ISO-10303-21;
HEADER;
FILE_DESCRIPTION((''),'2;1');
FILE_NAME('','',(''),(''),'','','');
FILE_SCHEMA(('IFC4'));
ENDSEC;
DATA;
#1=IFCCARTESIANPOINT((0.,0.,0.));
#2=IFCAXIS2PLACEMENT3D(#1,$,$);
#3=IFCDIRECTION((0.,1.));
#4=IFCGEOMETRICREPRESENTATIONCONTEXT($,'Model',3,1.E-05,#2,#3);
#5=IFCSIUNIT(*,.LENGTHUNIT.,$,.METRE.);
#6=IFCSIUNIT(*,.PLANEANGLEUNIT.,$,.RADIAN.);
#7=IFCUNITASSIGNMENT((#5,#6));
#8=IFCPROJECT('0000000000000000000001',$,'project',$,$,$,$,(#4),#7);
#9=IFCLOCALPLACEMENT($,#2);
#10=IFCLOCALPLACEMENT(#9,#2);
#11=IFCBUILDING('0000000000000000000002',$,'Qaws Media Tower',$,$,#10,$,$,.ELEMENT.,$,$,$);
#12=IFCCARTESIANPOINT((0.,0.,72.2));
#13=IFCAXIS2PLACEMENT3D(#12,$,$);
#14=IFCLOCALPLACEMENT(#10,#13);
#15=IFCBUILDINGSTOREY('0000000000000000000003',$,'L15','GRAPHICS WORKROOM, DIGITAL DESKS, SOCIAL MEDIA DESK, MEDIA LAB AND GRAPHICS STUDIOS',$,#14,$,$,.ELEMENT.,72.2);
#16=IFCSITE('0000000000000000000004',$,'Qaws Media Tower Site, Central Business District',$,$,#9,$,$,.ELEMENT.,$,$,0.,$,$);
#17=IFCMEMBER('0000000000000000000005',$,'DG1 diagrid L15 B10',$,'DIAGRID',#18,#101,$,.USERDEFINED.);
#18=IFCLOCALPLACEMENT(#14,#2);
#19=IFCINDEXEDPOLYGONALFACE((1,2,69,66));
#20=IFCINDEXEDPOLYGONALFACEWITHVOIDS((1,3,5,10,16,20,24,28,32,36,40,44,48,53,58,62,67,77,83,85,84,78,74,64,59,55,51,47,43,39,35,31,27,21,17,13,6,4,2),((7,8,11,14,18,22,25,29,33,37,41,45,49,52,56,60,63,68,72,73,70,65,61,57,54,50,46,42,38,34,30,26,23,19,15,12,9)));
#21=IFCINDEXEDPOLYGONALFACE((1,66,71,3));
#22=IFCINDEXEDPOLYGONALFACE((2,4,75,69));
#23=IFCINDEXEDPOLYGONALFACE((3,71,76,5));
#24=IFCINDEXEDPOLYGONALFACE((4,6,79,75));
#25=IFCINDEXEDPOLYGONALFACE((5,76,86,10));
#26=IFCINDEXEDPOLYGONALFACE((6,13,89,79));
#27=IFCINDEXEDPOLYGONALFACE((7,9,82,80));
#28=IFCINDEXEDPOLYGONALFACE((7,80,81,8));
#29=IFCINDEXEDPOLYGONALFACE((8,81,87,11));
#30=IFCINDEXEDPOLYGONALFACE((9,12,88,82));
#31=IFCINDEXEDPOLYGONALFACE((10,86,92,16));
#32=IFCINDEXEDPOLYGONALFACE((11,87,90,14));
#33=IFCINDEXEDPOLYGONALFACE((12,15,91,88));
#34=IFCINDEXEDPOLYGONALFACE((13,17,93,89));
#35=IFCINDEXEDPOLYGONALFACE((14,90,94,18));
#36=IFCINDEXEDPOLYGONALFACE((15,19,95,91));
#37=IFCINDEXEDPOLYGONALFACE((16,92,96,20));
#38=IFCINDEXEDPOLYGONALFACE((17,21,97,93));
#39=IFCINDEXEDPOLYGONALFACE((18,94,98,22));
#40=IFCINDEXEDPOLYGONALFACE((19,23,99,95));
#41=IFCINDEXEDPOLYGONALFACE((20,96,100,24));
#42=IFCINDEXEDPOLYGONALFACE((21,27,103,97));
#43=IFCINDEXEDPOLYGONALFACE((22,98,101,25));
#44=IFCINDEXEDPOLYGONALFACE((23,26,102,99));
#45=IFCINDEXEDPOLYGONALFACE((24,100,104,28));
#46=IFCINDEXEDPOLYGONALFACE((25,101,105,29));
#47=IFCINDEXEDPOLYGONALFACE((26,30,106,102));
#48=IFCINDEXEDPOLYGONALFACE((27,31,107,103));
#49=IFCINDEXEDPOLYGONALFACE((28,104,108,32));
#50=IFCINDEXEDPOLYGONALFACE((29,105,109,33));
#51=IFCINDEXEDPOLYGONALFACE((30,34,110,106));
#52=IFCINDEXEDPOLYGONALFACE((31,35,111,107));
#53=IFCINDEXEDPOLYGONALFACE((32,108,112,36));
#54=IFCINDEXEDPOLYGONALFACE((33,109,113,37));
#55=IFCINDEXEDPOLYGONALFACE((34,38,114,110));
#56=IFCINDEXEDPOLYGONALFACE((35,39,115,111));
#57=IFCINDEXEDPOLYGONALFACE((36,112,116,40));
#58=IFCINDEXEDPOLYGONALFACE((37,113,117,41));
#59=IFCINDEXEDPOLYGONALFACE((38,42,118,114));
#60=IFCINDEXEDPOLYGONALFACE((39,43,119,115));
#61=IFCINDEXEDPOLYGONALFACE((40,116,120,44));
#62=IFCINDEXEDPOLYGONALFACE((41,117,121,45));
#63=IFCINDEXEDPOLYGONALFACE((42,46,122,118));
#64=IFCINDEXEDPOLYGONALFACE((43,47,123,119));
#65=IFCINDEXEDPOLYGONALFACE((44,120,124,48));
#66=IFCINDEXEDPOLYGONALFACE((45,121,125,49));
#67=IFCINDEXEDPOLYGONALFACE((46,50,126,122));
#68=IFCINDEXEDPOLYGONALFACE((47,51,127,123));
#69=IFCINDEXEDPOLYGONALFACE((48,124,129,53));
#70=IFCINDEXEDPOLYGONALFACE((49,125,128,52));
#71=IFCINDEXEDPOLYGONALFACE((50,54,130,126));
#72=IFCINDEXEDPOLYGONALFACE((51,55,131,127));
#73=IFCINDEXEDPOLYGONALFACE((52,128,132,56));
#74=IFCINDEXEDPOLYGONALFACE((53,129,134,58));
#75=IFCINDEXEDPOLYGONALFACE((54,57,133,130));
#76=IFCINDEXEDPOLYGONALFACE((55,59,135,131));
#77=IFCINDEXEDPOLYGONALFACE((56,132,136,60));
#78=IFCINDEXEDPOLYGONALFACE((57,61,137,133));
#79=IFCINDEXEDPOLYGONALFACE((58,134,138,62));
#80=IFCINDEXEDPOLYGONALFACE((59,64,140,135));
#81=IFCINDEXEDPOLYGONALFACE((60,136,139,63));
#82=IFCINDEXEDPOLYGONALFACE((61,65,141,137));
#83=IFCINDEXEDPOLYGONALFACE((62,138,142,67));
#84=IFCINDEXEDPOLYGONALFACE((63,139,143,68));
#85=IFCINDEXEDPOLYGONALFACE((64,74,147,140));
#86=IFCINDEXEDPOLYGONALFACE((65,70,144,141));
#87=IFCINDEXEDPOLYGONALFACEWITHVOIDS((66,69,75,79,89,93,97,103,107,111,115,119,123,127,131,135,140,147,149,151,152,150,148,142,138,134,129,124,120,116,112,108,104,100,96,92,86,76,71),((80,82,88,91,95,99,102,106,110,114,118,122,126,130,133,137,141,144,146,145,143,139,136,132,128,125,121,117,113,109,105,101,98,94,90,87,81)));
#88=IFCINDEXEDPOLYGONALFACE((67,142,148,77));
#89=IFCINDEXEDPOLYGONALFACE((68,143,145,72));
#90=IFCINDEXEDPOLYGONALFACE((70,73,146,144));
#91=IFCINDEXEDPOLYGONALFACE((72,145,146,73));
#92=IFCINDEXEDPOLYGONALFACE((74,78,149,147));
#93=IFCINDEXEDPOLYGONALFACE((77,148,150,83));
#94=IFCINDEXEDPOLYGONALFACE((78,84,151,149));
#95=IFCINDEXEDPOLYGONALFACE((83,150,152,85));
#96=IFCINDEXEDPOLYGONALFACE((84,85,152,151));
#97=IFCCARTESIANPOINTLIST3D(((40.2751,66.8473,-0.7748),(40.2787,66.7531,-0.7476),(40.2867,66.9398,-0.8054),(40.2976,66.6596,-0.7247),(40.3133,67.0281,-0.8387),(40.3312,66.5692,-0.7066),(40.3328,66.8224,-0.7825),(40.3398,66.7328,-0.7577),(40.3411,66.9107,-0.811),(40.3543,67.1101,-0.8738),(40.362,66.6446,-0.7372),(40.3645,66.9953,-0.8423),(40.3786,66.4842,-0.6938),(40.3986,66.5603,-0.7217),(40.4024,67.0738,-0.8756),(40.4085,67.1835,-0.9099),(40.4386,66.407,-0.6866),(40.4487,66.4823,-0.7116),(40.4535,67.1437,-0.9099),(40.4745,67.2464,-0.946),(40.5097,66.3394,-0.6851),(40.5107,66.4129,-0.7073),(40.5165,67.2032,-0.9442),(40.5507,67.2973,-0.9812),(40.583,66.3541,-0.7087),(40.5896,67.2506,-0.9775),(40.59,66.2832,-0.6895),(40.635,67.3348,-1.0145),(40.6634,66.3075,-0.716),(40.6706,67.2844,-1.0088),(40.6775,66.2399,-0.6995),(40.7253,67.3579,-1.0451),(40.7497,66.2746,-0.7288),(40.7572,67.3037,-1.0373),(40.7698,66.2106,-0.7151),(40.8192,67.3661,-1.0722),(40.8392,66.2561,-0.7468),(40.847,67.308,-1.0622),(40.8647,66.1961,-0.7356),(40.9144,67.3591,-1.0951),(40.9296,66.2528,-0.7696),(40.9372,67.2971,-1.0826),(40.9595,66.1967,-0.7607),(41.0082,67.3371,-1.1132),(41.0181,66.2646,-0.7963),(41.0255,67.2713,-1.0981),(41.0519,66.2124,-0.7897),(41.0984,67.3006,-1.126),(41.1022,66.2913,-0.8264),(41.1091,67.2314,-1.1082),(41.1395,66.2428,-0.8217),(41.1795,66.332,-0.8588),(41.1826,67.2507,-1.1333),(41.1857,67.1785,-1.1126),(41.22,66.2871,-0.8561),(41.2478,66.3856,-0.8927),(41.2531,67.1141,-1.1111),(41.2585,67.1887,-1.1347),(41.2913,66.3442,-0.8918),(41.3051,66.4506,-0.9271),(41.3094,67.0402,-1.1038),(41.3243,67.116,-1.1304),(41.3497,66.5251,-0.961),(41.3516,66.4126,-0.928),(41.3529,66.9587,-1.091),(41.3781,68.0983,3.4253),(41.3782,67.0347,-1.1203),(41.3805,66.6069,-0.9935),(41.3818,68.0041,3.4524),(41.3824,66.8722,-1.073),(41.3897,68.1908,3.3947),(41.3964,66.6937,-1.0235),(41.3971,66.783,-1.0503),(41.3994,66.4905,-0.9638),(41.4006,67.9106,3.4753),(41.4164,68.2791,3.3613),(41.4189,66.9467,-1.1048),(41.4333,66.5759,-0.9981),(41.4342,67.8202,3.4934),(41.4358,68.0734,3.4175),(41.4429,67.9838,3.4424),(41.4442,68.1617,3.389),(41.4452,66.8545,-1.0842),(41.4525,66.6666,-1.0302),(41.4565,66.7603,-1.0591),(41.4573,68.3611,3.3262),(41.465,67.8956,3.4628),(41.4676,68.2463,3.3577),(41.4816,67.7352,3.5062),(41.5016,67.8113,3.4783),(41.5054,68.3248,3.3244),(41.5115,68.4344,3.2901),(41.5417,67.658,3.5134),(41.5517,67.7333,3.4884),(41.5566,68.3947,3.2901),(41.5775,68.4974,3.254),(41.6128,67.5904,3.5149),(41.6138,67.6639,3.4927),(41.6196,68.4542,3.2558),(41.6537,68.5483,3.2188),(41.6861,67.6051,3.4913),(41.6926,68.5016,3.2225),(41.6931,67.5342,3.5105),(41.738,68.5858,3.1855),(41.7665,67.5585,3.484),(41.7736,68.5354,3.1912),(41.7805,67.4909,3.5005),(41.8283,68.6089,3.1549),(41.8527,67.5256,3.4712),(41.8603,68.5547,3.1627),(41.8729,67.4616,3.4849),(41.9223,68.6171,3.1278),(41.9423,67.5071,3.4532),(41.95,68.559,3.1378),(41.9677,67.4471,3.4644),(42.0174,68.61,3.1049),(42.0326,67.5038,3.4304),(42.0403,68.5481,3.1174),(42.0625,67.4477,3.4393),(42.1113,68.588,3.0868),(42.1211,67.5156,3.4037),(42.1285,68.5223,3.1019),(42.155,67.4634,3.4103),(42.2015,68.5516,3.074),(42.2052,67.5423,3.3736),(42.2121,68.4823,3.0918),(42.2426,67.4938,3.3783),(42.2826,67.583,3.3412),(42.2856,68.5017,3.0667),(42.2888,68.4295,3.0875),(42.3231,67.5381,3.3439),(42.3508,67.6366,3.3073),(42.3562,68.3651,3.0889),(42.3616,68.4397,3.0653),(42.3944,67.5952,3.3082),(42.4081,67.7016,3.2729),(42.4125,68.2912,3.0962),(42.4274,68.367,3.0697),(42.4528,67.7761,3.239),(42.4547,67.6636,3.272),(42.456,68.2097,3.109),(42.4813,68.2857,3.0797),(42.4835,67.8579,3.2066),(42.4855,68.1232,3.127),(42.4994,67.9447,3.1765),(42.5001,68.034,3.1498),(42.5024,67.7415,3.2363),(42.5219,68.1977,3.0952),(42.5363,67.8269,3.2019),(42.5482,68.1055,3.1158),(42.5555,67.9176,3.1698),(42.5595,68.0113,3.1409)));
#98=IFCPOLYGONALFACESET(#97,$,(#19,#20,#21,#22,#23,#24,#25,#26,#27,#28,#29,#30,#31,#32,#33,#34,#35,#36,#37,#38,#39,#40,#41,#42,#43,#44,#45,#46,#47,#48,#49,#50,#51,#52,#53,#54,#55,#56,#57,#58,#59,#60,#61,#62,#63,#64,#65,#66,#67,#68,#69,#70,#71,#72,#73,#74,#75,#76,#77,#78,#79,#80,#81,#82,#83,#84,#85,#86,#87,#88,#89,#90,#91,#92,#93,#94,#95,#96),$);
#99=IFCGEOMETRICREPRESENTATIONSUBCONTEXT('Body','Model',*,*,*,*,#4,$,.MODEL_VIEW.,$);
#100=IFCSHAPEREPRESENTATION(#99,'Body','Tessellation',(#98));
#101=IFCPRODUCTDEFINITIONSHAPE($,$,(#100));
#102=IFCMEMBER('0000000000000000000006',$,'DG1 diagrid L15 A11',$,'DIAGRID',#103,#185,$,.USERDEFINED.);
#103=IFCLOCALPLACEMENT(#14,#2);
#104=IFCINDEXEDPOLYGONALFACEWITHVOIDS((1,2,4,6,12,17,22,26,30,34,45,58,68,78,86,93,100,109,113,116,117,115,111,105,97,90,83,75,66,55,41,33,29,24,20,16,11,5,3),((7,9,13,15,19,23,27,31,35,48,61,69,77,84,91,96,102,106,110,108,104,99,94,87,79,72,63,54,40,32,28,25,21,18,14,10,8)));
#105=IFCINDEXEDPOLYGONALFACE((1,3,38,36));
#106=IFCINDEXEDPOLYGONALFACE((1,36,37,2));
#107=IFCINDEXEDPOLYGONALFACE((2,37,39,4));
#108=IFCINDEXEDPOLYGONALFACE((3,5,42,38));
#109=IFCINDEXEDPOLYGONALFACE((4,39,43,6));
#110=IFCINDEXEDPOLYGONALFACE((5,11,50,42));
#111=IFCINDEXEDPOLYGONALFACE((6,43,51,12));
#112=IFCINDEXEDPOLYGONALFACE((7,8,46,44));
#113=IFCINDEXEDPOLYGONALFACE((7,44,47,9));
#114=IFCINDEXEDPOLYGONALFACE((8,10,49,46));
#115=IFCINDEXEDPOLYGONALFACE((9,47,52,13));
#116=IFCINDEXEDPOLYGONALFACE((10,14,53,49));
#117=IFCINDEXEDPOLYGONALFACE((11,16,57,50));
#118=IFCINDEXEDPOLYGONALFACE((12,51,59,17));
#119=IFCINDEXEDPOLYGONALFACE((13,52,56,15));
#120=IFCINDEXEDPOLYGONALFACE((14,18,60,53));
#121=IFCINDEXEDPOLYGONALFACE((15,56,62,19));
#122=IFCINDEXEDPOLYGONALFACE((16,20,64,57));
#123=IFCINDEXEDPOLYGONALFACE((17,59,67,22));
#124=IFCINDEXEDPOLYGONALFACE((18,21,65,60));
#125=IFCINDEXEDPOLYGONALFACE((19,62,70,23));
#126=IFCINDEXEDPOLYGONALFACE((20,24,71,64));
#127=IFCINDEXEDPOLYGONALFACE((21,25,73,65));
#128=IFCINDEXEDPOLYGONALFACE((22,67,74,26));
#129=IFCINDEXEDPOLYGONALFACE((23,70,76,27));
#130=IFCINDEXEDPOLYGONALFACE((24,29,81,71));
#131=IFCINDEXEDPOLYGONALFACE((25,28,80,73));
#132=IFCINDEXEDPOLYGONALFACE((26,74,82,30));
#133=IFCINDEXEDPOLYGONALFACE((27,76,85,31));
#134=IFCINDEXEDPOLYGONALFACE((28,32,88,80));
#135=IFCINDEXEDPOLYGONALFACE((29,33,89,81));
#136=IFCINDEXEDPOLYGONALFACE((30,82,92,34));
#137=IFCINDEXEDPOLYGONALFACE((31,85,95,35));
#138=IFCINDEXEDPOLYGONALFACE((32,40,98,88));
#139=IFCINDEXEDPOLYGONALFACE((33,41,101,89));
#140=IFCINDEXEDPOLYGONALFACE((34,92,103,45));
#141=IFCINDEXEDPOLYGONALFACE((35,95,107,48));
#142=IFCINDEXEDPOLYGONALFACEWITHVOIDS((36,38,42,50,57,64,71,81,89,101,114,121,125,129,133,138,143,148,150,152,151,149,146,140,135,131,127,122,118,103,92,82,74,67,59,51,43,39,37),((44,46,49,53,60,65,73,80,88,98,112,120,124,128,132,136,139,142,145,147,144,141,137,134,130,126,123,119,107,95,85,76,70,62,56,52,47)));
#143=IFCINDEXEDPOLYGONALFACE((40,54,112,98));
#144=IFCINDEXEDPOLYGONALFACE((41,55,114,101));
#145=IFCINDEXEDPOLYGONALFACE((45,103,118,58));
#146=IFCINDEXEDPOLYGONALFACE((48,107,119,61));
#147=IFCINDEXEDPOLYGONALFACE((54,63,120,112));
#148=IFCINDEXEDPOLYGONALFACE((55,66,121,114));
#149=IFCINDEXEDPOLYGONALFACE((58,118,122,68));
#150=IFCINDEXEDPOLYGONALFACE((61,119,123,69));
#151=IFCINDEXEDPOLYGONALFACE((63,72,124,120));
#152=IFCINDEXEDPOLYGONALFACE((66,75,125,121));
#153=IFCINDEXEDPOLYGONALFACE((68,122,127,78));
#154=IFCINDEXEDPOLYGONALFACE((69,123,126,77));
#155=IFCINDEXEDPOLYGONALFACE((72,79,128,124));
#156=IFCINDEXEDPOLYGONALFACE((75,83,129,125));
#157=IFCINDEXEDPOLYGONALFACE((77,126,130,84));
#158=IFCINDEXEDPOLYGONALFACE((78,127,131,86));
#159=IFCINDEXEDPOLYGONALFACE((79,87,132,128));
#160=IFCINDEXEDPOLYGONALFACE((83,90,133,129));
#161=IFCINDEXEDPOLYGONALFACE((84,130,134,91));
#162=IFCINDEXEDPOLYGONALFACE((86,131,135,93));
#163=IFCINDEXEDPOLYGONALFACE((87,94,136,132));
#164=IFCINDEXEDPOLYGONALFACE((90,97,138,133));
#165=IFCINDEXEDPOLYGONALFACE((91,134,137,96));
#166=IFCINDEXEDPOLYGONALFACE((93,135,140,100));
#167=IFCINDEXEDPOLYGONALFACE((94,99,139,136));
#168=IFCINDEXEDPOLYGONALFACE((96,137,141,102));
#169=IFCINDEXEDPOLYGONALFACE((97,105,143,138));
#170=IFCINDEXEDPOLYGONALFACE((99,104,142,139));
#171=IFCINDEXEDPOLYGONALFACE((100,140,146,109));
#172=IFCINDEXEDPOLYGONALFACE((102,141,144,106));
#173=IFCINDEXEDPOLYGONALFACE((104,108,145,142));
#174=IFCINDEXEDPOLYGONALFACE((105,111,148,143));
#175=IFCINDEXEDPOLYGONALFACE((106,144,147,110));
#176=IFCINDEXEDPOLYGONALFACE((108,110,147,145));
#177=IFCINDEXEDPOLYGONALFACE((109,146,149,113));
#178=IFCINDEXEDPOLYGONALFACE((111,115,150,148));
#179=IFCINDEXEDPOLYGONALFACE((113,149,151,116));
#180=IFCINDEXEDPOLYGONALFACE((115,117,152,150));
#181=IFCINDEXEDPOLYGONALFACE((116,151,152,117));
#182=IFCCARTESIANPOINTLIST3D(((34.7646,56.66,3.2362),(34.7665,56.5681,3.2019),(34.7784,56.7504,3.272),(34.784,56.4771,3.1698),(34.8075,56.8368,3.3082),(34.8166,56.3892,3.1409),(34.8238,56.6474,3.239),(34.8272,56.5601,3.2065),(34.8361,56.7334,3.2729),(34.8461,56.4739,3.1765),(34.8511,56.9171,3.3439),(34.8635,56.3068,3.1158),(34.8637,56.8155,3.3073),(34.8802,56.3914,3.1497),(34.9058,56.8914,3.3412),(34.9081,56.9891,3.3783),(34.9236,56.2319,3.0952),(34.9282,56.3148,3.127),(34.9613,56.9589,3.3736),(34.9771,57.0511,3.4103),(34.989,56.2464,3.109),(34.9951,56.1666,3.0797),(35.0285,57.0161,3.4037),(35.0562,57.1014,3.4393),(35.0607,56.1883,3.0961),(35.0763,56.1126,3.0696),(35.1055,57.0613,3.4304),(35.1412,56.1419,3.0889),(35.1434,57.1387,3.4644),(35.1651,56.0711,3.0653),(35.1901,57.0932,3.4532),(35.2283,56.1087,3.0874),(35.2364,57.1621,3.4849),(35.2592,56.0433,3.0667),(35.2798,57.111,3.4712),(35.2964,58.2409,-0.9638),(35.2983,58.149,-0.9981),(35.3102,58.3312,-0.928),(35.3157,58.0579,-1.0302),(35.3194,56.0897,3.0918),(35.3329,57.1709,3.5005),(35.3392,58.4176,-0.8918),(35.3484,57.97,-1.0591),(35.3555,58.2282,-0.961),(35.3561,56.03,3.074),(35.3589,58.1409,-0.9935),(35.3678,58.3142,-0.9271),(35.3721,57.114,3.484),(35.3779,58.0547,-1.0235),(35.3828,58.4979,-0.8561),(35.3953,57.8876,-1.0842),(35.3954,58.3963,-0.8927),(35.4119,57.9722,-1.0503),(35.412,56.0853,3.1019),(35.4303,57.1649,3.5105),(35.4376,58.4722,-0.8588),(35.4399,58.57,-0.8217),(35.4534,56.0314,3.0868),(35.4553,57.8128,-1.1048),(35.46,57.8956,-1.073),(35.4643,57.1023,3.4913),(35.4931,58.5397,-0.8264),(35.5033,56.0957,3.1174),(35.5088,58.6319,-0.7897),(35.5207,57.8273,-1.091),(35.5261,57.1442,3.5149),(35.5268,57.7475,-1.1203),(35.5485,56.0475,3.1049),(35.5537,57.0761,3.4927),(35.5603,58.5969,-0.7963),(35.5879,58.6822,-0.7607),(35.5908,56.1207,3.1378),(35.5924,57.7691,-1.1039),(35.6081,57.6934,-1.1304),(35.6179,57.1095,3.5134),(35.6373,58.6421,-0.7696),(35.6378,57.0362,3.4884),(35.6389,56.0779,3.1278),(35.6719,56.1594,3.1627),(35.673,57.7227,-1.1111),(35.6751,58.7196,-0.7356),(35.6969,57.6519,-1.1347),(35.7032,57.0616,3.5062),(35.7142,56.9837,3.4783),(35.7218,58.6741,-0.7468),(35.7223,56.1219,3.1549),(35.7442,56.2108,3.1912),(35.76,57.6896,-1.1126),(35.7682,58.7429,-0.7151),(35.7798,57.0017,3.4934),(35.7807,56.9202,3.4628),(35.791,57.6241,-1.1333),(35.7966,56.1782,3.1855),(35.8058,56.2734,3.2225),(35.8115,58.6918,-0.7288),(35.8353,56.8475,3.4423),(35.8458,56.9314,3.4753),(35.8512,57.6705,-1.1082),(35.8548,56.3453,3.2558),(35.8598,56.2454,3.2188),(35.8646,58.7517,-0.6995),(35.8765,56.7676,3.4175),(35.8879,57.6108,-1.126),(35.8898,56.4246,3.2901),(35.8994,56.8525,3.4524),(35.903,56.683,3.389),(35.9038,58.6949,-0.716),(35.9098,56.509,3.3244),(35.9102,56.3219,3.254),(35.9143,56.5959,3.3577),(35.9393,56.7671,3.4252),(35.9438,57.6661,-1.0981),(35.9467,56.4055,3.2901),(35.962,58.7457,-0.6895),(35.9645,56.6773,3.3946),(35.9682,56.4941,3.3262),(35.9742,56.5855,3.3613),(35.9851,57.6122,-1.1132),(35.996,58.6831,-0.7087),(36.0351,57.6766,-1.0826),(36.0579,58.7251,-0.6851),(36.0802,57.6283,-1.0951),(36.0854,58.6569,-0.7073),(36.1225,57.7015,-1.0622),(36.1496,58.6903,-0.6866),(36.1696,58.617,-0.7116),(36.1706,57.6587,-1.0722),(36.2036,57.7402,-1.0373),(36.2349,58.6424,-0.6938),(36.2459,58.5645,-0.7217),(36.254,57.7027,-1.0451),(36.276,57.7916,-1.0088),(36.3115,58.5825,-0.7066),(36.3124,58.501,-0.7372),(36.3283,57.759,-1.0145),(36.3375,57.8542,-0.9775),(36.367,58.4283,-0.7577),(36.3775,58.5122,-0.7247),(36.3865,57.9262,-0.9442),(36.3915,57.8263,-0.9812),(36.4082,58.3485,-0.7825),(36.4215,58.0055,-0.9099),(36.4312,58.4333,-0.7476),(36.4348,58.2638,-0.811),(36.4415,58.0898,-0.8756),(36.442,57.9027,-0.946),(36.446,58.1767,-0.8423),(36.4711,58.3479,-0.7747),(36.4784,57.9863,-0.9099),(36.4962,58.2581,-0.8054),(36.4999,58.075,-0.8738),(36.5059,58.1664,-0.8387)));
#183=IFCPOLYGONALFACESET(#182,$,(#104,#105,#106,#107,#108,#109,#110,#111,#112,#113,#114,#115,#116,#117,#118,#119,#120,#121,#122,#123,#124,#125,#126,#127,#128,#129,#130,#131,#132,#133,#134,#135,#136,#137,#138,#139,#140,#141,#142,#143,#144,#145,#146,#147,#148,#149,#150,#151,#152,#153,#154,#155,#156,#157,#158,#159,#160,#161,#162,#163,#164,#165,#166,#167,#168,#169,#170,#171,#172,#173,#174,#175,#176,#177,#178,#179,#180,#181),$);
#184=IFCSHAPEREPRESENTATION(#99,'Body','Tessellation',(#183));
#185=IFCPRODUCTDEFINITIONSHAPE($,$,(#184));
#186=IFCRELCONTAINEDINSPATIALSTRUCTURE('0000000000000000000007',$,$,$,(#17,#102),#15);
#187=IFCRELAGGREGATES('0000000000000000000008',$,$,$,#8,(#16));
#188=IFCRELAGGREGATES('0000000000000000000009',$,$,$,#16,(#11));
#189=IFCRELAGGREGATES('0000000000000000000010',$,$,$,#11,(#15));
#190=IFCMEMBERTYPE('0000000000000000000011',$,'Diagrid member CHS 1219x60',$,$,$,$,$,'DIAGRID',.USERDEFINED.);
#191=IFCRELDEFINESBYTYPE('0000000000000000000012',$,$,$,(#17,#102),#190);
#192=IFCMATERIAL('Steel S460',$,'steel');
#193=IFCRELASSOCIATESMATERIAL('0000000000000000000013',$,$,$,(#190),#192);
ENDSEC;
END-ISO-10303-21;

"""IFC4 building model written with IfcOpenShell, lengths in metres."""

from ifc_helpers import new_model, si_unit, direction, frame, origin, origin_2d, place, context, subcontext, project, spatial, hollow_circle, extrude, material, material_profile, profile_set, type_object, element, save


model = new_model("IFC4")

# Units and contexts
model_context = context("Model", 3, precision=1e-05, world=origin(), true_north=direction((0.0, 1.0)))
body_context = subcontext(model_context, "Body", "Model", "MODEL_VIEW")
ifc_project = project(units=[si_unit("LENGTHUNIT", "METRE"), si_unit("PLANEANGLEUNIT", "RADIAN")], contexts=[model_context])

# Site, building, storey
site_placement = place(None, origin())
site = spatial("IfcSite", under=ifc_project, at=site_placement, Name="Qaws Media Tower Site, Central Business District", CompositionType="ELEMENT", RefElevation=0.0)
building_placement = place(site_placement, origin())
building = spatial("IfcBuilding", under=site, at=building_placement, Name="Qaws Media Tower", CompositionType="ELEMENT")
storey_placement = place(building_placement, frame((0.0, 0.0, 72.2)))
storey = spatial("IfcBuildingStorey", under=building, at=storey_placement, Name="L15", Description="GRAPHICS WORKROOM, DIGITAL DESKS, SOCIAL MEDIA DESK, MEDIA LAB AND GRAPHICS STUDIOS", CompositionType="ELEMENT", Elevation=72.2)

# Members
ifc_material_1 = material(Name="Steel S460", Category="steel")
ifc_material_profile_1 = material_profile(ifc_material_1, hollow_circle(Radius=0.6096, WallThickness=0.0601, at=origin_2d()), Name="CHS 1219x60")
ifc_profile_set_1 = profile_set([ifc_material_profile_1], Name="Steel S460")
member_type_1 = type_object("IfcMemberType", Name="Diagrid member CHS 1219x60", ElementType="DIAGRID", PredefinedType="USERDEFINED", material=ifc_profile_set_1)
for number, where, z_axis, x_axis, name in (
    (1, (40.8657, 66.7803, -0.9099), (0.244088, 0.276827, 0.929402), (-0.750068, 0.66136, 0.0), "DG1 diagrid L15 B10"),
    (2, (35.9006, 58.1807, -0.9099), (-0.117667, -0.349815, 0.9294), (0.947816, -0.318818, 0.0), "DG1 diagrid L15 A11"),
):
    element("IfcMember", number, at=place(storey_placement, frame(where, z_axis=z_axis, x_axis=x_axis)), inside=storey, type_object=member_type_1, Name=name, ObjectType="DIAGRID", PredefinedType="USERDEFINED", context=body_context, shape_type="SweptSolid", body=[
        extrude(hollow_circle(Radius=0.6096, WallThickness=0.0601, at=origin_2d()), origin(), (0.0, 0.0, 1.0), 4.519),
    ])

save(model, "model.ifc")
